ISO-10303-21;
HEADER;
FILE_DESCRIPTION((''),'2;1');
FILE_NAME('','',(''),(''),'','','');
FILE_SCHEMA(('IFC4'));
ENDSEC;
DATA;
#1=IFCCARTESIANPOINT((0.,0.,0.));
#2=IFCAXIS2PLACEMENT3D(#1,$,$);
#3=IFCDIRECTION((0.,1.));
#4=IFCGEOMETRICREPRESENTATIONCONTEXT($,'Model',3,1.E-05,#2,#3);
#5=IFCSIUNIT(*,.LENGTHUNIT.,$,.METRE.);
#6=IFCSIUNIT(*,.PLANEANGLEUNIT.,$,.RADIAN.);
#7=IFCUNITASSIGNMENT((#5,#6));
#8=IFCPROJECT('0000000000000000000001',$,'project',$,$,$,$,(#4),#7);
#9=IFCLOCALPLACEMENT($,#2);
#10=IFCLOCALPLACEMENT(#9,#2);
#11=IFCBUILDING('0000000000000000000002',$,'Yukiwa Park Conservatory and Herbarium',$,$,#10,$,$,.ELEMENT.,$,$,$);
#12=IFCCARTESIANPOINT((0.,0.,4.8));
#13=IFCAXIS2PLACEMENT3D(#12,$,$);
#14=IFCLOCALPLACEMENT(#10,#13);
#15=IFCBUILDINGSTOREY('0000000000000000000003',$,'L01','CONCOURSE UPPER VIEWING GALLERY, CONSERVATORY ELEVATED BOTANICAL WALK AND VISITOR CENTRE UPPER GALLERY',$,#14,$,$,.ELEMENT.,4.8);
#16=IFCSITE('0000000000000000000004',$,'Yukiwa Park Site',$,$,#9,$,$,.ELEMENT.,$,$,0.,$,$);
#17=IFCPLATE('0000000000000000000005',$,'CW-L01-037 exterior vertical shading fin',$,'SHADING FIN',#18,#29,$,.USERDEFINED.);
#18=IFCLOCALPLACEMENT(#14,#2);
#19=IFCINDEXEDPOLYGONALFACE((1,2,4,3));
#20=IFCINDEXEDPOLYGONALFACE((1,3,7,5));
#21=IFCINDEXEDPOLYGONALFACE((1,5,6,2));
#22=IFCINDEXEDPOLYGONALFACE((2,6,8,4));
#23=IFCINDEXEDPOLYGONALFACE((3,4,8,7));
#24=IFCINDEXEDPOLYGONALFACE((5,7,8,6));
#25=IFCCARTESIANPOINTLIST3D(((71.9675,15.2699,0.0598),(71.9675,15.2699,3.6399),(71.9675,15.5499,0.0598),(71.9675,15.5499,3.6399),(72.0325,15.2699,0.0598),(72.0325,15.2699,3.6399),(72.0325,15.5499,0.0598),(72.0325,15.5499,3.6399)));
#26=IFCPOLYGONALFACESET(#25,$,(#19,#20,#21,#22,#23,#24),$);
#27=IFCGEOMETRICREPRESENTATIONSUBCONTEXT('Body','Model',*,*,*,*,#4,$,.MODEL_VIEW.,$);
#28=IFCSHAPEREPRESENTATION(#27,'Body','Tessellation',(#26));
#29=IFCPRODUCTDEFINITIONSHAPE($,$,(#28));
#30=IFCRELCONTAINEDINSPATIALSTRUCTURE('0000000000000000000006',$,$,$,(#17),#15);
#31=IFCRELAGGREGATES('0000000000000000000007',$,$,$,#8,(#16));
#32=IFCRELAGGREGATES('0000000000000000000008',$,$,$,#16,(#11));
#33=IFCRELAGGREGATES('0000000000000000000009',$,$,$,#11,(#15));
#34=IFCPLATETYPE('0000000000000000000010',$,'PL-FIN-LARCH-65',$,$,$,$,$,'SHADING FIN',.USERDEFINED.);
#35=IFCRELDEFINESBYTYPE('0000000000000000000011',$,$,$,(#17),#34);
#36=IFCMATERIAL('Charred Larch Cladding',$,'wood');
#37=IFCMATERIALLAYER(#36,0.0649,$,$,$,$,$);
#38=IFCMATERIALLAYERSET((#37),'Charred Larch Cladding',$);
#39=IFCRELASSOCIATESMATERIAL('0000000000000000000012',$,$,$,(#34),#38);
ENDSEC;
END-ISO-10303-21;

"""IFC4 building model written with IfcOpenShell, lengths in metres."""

from ifc_helpers import new_model, si_unit, direction, frame, origin, origin_2d, place, context, subcontext, project, spatial, rectangle, extrude, material, layer, layer_set, type_object, element, save


model = new_model("IFC4")

# Units and contexts
model_context = context("Model", 3, precision=1e-05, world=origin(), true_north=direction((0.0, 1.0)))
body_context = subcontext(model_context, "Body", "Model", "MODEL_VIEW")
ifc_project = project(units=[si_unit("LENGTHUNIT", "METRE"), si_unit("PLANEANGLEUNIT", "RADIAN")], contexts=[model_context])

# Site, building, storey
site_placement = place(None, origin())
site = spatial("IfcSite", under=ifc_project, at=site_placement, Name="Yukiwa Park Site", CompositionType="ELEMENT", RefElevation=0.0)
building_placement = place(site_placement, origin())
building = spatial("IfcBuilding", under=site, at=building_placement, Name="Yukiwa Park Conservatory and Herbarium", CompositionType="ELEMENT")
storey_placement = place(building_placement, frame((0.0, 0.0, 4.8)))
storey = spatial("IfcBuildingStorey", under=building, at=storey_placement, Name="L01", Description="CONCOURSE UPPER VIEWING GALLERY, CONSERVATORY ELEVATED BOTANICAL WALK AND VISITOR CENTRE UPPER GALLERY", CompositionType="ELEMENT", Elevation=4.8)

# Plate
ifc_material_1 = material(Name="Charred Larch Cladding", Category="wood")
ifc_layer_1 = layer(ifc_material_1, 0.0649)
ifc_layer_set_1 = layer_set([ifc_layer_1], Name="Charred Larch Cladding")
plate_type_1 = type_object("IfcPlateType", Name="PL-FIN-LARCH-65", ElementType="SHADING FIN", PredefinedType="USERDEFINED", material=ifc_layer_set_1)
for number, where, z_axis, x_axis, name in (
    (1, (72.0, 15.4099, 0.0598), (0.0, 0.0, 1.0), (1.0, 0.0, 0.0), "CW-L01-037 exterior vertical shading fin"),
):
    element("IfcPlate", number, at=place(storey_placement, frame(where, z_axis=z_axis, x_axis=x_axis)), inside=storey, type_object=plate_type_1, Name=name, ObjectType="SHADING FIN", PredefinedType="USERDEFINED", context=body_context, shape_type="SweptSolid", body=[
        extrude(rectangle(XDim=0.0649, YDim=0.28, at=origin_2d()), origin(), (0.0, 0.0, 1.0), 3.5801),
    ])

save(model, "model.ifc")
